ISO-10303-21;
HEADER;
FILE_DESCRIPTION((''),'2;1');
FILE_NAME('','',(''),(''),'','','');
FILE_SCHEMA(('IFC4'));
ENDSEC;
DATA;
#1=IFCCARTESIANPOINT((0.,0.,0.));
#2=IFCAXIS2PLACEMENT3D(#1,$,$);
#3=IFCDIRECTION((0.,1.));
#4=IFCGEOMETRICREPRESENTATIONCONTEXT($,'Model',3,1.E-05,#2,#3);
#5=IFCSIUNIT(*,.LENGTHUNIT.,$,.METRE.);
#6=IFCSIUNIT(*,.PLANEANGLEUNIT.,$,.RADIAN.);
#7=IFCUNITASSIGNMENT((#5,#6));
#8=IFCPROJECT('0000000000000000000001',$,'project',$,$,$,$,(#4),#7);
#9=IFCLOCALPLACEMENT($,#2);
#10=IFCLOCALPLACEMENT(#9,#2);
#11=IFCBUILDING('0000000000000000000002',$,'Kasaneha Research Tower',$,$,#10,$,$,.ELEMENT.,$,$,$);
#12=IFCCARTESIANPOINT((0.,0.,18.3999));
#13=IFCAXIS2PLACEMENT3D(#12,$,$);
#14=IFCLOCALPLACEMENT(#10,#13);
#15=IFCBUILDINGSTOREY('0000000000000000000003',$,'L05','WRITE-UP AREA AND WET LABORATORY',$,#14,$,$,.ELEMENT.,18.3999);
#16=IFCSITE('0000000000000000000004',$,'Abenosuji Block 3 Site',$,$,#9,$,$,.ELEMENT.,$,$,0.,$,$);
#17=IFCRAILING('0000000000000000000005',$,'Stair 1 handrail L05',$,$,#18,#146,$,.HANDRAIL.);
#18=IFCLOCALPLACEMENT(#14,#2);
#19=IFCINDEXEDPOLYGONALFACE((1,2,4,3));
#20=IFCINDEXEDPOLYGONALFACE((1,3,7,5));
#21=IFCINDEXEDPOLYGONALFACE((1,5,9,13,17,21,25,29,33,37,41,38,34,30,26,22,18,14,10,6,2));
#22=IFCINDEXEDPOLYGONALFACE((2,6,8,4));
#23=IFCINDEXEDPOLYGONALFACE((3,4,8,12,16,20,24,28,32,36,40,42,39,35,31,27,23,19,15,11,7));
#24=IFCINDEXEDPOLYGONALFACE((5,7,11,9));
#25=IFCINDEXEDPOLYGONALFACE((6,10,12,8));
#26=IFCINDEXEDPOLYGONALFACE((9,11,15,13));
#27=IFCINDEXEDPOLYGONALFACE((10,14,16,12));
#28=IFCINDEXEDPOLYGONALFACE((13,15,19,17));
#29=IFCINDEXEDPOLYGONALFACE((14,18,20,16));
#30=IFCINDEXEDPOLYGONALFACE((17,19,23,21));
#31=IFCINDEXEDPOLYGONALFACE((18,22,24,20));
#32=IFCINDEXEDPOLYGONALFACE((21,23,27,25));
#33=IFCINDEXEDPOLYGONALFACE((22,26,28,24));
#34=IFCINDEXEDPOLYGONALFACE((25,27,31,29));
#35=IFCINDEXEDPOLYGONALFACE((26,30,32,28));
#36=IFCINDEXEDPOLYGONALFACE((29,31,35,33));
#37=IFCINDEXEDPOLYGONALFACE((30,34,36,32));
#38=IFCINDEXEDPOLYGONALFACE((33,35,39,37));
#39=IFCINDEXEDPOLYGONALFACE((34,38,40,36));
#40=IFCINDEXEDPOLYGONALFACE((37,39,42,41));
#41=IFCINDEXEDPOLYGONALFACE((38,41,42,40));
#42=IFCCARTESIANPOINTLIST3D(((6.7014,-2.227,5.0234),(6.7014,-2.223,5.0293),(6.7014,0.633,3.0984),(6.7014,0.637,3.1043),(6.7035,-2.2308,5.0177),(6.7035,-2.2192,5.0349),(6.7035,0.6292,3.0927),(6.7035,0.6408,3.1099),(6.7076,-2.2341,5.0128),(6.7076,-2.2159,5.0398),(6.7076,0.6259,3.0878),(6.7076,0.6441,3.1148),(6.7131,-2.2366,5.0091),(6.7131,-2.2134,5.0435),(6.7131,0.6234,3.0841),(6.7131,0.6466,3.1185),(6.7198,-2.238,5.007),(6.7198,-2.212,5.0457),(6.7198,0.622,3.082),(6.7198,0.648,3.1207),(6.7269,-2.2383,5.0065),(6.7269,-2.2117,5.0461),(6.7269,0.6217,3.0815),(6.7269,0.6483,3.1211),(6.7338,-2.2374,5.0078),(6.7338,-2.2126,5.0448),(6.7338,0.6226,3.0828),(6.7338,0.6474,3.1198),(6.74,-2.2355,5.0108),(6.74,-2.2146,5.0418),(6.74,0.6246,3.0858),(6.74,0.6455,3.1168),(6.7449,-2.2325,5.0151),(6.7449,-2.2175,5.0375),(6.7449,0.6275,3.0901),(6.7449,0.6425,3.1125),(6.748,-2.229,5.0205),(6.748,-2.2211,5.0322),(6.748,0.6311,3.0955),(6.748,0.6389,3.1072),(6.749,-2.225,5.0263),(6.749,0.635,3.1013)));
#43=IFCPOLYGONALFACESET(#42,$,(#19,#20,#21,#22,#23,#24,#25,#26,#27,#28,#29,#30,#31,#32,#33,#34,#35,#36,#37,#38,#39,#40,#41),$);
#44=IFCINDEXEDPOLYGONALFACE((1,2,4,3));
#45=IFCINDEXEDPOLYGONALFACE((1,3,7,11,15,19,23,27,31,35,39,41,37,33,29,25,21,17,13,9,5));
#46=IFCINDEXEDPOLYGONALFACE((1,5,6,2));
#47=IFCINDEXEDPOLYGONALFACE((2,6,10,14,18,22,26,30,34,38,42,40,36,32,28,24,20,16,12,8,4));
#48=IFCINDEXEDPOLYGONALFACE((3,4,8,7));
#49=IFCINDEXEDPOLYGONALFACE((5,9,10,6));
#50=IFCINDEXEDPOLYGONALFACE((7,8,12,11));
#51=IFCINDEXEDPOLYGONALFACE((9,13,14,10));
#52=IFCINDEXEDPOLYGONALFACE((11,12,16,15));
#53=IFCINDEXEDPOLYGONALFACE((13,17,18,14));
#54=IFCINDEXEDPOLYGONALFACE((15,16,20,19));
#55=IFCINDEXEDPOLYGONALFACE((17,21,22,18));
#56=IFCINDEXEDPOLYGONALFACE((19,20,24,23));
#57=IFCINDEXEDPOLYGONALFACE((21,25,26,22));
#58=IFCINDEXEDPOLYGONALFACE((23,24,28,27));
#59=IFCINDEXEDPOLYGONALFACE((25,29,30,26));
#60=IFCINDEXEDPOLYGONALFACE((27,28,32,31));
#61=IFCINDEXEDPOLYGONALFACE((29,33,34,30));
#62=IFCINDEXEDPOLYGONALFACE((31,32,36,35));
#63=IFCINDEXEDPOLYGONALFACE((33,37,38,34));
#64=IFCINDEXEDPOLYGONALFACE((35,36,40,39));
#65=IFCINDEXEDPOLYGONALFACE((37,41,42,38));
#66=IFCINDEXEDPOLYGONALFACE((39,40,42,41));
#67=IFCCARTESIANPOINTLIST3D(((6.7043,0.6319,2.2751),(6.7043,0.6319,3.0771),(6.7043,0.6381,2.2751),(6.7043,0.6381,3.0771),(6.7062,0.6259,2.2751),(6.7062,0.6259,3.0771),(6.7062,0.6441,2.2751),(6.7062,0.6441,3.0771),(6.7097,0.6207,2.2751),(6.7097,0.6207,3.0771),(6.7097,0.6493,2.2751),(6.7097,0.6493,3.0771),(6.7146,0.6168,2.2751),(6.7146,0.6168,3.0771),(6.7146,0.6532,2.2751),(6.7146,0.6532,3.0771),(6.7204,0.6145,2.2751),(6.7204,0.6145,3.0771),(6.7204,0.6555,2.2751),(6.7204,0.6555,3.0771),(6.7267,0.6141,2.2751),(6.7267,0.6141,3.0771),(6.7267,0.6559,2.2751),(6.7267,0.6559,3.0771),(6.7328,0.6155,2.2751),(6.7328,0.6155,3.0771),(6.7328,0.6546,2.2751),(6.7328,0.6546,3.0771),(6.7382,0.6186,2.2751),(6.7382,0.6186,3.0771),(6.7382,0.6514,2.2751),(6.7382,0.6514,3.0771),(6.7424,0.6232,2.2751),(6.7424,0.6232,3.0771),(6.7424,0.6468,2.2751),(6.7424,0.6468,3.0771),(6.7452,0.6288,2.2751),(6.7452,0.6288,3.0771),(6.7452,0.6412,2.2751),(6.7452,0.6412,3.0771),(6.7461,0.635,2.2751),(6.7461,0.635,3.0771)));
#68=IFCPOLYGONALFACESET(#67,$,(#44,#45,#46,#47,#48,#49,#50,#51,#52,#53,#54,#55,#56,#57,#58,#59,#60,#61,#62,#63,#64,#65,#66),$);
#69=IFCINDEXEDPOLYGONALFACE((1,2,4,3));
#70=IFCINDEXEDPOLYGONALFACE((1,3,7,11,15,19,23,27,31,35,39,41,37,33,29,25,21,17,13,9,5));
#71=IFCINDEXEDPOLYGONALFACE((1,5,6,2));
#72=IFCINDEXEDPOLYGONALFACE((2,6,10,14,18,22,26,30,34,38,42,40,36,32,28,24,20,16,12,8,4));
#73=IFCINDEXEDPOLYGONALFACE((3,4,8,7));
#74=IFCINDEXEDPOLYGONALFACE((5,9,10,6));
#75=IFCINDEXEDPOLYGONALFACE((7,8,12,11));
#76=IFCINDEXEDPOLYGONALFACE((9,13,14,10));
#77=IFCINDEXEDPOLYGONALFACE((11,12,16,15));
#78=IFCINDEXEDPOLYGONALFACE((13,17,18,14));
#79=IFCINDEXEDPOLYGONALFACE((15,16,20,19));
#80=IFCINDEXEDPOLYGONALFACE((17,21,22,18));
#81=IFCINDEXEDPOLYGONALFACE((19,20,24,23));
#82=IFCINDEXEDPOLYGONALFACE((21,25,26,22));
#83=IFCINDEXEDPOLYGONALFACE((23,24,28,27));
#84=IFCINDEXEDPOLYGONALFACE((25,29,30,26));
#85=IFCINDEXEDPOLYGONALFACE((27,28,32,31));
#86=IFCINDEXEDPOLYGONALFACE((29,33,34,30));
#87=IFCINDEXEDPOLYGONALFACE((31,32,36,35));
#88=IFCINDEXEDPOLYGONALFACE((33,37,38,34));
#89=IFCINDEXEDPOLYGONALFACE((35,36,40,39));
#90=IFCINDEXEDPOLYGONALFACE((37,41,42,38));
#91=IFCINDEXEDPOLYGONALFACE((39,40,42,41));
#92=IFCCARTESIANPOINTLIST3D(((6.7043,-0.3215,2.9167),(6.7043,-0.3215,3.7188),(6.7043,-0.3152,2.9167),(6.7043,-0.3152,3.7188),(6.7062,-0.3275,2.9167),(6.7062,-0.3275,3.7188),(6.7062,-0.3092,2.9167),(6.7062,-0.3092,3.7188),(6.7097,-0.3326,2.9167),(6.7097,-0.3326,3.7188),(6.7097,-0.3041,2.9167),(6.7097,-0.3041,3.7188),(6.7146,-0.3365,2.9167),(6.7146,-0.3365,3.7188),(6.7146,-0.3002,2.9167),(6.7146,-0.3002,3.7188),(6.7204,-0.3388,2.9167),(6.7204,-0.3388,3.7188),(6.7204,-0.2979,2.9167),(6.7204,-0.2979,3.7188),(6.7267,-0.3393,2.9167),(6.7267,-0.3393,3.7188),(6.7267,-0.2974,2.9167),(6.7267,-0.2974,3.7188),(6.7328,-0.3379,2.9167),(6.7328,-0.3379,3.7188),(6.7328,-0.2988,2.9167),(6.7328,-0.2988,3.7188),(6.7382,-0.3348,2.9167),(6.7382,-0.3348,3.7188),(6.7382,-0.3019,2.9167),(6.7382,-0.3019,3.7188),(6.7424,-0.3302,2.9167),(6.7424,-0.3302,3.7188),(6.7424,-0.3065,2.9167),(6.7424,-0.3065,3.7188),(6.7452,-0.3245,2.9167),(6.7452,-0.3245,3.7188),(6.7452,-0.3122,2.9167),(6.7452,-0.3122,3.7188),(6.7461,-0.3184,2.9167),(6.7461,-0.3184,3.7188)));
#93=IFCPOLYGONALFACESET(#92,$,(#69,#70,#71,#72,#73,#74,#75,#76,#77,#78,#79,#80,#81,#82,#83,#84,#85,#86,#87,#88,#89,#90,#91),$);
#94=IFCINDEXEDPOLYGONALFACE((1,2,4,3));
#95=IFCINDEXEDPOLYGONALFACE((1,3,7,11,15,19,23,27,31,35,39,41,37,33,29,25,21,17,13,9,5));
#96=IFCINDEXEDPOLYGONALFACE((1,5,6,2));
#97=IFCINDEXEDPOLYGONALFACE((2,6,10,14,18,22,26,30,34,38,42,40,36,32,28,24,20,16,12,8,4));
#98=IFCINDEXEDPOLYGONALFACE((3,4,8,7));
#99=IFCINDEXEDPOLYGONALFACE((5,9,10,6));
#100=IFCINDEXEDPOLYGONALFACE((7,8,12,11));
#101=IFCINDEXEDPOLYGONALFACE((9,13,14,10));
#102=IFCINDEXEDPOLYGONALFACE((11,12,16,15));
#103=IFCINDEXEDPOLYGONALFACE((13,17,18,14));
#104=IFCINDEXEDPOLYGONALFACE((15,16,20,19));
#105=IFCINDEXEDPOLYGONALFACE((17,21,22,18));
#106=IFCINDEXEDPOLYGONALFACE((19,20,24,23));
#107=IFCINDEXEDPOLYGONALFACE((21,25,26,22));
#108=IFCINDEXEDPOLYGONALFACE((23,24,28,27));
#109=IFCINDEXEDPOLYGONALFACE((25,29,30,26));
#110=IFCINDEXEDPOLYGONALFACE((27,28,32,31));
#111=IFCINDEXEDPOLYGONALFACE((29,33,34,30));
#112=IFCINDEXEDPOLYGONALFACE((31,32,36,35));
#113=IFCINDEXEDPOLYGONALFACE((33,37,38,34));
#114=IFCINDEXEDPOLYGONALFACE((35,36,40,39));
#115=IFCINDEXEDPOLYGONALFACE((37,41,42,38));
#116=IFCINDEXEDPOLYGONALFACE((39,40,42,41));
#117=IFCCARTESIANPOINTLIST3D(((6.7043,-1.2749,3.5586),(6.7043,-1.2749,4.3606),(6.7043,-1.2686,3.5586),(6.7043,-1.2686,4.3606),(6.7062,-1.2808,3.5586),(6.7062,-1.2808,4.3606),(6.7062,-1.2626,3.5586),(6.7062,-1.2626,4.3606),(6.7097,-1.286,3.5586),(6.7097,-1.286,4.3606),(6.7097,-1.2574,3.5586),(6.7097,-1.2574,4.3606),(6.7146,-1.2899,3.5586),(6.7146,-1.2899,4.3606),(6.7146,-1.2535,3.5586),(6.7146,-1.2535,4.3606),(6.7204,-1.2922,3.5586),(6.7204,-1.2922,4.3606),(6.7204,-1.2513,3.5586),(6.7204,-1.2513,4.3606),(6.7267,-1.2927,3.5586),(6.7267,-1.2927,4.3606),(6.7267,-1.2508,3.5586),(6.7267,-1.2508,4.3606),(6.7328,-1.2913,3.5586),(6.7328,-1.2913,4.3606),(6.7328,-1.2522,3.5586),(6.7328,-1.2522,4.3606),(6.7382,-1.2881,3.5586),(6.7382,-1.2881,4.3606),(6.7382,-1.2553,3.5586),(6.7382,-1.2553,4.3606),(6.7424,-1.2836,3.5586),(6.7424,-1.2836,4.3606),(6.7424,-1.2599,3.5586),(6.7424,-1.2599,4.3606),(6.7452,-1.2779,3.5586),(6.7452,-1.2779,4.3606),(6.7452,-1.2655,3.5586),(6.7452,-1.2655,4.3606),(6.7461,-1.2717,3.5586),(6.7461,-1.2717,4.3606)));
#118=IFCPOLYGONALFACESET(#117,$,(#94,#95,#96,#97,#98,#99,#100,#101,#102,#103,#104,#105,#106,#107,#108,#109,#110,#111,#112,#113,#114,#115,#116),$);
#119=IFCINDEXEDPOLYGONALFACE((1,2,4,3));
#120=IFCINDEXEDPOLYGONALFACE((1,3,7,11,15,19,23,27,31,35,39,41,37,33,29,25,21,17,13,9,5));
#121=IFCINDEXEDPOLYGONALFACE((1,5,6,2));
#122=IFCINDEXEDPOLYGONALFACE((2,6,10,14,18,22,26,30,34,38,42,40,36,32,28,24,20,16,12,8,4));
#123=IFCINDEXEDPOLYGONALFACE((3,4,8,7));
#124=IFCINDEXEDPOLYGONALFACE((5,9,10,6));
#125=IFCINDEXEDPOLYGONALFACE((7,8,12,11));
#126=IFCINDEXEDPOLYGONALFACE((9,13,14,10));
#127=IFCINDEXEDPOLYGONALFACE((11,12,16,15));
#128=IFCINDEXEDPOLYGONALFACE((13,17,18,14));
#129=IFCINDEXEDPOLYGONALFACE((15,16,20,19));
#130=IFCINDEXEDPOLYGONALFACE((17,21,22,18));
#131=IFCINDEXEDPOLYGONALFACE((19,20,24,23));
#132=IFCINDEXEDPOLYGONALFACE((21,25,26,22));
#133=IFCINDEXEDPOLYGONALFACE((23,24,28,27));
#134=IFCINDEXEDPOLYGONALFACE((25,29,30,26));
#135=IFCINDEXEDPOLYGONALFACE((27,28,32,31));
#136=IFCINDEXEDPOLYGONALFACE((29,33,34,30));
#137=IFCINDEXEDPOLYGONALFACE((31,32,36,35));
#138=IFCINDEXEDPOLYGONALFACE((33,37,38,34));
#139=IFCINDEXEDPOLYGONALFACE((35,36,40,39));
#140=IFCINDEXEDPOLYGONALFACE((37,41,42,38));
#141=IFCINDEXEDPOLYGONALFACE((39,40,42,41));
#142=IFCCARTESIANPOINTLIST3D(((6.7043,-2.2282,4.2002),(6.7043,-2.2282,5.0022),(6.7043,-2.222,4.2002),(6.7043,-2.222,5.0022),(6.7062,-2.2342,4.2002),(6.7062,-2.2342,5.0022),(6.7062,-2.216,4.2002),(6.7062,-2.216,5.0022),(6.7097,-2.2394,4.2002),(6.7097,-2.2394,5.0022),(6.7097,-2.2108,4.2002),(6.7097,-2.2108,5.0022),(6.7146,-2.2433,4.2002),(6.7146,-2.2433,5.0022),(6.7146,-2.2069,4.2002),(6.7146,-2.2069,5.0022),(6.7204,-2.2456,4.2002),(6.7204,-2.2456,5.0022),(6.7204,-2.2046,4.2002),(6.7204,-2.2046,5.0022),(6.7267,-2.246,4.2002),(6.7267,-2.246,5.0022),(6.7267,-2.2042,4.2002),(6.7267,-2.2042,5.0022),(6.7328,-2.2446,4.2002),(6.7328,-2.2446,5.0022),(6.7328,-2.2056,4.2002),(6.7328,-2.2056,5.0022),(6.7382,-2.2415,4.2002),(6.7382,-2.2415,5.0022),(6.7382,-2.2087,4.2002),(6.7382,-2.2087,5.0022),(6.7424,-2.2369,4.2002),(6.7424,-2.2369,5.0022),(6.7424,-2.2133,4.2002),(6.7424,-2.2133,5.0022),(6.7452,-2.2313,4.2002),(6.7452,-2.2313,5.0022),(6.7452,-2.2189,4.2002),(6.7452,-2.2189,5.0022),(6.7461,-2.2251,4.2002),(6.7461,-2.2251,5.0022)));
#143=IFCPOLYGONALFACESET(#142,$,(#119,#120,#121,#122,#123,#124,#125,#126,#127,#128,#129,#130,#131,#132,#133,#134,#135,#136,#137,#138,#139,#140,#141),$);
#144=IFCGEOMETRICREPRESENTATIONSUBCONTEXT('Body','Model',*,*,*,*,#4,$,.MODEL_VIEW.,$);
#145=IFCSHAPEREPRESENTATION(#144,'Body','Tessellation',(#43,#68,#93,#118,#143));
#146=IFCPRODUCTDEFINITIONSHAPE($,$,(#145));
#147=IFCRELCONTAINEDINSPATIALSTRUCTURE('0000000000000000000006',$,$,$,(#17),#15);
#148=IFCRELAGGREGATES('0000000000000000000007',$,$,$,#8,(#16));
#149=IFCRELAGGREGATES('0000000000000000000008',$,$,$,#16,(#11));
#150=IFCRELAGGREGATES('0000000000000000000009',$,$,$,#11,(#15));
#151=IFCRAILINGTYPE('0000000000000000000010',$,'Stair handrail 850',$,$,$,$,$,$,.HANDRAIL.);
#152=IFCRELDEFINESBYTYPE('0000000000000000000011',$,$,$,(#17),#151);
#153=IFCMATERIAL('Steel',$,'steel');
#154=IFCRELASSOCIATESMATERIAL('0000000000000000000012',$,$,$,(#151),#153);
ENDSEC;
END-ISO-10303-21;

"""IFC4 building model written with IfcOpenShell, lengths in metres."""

from ifc_helpers import new_model, si_unit, direction, frame, origin, origin_2d, place, context, subcontext, project, spatial, circle, extrude, material, type_object, element, save


model = new_model("IFC4")

# Units and contexts
model_context = context("Model", 3, precision=1e-05, world=origin(), true_north=direction((0.0, 1.0)))
body_context = subcontext(model_context, "Body", "Model", "MODEL_VIEW")
ifc_project = project(units=[si_unit("LENGTHUNIT", "METRE"), si_unit("PLANEANGLEUNIT", "RADIAN")], contexts=[model_context])

# Site, building, storey
site_placement = place(None, origin())
site = spatial("IfcSite", under=ifc_project, at=site_placement, Name="Abenosuji Block 3 Site", CompositionType="ELEMENT", RefElevation=0.0)
building_placement = place(site_placement, origin())
building = spatial("IfcBuilding", under=site, at=building_placement, Name="Kasaneha Research Tower", CompositionType="ELEMENT")
storey_placement = place(building_placement, frame((0.0, 0.0, 18.3999)))
storey = spatial("IfcBuildingStorey", under=building, at=storey_placement, Name="L05", Description="WRITE-UP AREA AND WET LABORATORY", CompositionType="ELEMENT", Elevation=18.3999)

# Railing
ifc_material_1 = material(Name="Steel", Category="steel")
railing_type_1 = type_object("IfcRailingType", Name="Stair handrail 850", PredefinedType="HANDRAIL", material=ifc_material_1)
railing_1_placement = place(storey_placement, frame((6.7251, 0.635, 2.2751)))
element("IfcRailing", 1, at=railing_1_placement, inside=storey, type_object=railing_type_1, Name="Stair 1 handrail L05", PredefinedType="HANDRAIL", context=body_context, shape_type="SweptSolid", body=[
    extrude(circle(Radius=0.0239, at=origin_2d()), frame((0.0, 0.0, 0.8262), z_axis=(0.0, -0.829591, 0.558372), x_axis=(1.0, 0.0, 0.0)), (0.0, 0.0, 1.0), 3.4475),
    extrude(circle(Radius=0.021, at=origin_2d()), origin(), (0.0, 0.0, 1.0), 0.802),
    extrude(circle(Radius=0.021, at=origin_2d()), frame((0.0, -0.9534, 0.6416)), (0.0, 0.0, 1.0), 0.802),
    extrude(circle(Radius=0.021, at=origin_2d()), frame((0.0, -1.9067, 1.2834)), (0.0, 0.0, 1.0), 0.802),
    extrude(circle(Radius=0.021, at=origin_2d()), frame((0.0, -2.8601, 1.925)), (0.0, 0.0, 1.0), 0.802),
])

save(model, "model.ifc")
